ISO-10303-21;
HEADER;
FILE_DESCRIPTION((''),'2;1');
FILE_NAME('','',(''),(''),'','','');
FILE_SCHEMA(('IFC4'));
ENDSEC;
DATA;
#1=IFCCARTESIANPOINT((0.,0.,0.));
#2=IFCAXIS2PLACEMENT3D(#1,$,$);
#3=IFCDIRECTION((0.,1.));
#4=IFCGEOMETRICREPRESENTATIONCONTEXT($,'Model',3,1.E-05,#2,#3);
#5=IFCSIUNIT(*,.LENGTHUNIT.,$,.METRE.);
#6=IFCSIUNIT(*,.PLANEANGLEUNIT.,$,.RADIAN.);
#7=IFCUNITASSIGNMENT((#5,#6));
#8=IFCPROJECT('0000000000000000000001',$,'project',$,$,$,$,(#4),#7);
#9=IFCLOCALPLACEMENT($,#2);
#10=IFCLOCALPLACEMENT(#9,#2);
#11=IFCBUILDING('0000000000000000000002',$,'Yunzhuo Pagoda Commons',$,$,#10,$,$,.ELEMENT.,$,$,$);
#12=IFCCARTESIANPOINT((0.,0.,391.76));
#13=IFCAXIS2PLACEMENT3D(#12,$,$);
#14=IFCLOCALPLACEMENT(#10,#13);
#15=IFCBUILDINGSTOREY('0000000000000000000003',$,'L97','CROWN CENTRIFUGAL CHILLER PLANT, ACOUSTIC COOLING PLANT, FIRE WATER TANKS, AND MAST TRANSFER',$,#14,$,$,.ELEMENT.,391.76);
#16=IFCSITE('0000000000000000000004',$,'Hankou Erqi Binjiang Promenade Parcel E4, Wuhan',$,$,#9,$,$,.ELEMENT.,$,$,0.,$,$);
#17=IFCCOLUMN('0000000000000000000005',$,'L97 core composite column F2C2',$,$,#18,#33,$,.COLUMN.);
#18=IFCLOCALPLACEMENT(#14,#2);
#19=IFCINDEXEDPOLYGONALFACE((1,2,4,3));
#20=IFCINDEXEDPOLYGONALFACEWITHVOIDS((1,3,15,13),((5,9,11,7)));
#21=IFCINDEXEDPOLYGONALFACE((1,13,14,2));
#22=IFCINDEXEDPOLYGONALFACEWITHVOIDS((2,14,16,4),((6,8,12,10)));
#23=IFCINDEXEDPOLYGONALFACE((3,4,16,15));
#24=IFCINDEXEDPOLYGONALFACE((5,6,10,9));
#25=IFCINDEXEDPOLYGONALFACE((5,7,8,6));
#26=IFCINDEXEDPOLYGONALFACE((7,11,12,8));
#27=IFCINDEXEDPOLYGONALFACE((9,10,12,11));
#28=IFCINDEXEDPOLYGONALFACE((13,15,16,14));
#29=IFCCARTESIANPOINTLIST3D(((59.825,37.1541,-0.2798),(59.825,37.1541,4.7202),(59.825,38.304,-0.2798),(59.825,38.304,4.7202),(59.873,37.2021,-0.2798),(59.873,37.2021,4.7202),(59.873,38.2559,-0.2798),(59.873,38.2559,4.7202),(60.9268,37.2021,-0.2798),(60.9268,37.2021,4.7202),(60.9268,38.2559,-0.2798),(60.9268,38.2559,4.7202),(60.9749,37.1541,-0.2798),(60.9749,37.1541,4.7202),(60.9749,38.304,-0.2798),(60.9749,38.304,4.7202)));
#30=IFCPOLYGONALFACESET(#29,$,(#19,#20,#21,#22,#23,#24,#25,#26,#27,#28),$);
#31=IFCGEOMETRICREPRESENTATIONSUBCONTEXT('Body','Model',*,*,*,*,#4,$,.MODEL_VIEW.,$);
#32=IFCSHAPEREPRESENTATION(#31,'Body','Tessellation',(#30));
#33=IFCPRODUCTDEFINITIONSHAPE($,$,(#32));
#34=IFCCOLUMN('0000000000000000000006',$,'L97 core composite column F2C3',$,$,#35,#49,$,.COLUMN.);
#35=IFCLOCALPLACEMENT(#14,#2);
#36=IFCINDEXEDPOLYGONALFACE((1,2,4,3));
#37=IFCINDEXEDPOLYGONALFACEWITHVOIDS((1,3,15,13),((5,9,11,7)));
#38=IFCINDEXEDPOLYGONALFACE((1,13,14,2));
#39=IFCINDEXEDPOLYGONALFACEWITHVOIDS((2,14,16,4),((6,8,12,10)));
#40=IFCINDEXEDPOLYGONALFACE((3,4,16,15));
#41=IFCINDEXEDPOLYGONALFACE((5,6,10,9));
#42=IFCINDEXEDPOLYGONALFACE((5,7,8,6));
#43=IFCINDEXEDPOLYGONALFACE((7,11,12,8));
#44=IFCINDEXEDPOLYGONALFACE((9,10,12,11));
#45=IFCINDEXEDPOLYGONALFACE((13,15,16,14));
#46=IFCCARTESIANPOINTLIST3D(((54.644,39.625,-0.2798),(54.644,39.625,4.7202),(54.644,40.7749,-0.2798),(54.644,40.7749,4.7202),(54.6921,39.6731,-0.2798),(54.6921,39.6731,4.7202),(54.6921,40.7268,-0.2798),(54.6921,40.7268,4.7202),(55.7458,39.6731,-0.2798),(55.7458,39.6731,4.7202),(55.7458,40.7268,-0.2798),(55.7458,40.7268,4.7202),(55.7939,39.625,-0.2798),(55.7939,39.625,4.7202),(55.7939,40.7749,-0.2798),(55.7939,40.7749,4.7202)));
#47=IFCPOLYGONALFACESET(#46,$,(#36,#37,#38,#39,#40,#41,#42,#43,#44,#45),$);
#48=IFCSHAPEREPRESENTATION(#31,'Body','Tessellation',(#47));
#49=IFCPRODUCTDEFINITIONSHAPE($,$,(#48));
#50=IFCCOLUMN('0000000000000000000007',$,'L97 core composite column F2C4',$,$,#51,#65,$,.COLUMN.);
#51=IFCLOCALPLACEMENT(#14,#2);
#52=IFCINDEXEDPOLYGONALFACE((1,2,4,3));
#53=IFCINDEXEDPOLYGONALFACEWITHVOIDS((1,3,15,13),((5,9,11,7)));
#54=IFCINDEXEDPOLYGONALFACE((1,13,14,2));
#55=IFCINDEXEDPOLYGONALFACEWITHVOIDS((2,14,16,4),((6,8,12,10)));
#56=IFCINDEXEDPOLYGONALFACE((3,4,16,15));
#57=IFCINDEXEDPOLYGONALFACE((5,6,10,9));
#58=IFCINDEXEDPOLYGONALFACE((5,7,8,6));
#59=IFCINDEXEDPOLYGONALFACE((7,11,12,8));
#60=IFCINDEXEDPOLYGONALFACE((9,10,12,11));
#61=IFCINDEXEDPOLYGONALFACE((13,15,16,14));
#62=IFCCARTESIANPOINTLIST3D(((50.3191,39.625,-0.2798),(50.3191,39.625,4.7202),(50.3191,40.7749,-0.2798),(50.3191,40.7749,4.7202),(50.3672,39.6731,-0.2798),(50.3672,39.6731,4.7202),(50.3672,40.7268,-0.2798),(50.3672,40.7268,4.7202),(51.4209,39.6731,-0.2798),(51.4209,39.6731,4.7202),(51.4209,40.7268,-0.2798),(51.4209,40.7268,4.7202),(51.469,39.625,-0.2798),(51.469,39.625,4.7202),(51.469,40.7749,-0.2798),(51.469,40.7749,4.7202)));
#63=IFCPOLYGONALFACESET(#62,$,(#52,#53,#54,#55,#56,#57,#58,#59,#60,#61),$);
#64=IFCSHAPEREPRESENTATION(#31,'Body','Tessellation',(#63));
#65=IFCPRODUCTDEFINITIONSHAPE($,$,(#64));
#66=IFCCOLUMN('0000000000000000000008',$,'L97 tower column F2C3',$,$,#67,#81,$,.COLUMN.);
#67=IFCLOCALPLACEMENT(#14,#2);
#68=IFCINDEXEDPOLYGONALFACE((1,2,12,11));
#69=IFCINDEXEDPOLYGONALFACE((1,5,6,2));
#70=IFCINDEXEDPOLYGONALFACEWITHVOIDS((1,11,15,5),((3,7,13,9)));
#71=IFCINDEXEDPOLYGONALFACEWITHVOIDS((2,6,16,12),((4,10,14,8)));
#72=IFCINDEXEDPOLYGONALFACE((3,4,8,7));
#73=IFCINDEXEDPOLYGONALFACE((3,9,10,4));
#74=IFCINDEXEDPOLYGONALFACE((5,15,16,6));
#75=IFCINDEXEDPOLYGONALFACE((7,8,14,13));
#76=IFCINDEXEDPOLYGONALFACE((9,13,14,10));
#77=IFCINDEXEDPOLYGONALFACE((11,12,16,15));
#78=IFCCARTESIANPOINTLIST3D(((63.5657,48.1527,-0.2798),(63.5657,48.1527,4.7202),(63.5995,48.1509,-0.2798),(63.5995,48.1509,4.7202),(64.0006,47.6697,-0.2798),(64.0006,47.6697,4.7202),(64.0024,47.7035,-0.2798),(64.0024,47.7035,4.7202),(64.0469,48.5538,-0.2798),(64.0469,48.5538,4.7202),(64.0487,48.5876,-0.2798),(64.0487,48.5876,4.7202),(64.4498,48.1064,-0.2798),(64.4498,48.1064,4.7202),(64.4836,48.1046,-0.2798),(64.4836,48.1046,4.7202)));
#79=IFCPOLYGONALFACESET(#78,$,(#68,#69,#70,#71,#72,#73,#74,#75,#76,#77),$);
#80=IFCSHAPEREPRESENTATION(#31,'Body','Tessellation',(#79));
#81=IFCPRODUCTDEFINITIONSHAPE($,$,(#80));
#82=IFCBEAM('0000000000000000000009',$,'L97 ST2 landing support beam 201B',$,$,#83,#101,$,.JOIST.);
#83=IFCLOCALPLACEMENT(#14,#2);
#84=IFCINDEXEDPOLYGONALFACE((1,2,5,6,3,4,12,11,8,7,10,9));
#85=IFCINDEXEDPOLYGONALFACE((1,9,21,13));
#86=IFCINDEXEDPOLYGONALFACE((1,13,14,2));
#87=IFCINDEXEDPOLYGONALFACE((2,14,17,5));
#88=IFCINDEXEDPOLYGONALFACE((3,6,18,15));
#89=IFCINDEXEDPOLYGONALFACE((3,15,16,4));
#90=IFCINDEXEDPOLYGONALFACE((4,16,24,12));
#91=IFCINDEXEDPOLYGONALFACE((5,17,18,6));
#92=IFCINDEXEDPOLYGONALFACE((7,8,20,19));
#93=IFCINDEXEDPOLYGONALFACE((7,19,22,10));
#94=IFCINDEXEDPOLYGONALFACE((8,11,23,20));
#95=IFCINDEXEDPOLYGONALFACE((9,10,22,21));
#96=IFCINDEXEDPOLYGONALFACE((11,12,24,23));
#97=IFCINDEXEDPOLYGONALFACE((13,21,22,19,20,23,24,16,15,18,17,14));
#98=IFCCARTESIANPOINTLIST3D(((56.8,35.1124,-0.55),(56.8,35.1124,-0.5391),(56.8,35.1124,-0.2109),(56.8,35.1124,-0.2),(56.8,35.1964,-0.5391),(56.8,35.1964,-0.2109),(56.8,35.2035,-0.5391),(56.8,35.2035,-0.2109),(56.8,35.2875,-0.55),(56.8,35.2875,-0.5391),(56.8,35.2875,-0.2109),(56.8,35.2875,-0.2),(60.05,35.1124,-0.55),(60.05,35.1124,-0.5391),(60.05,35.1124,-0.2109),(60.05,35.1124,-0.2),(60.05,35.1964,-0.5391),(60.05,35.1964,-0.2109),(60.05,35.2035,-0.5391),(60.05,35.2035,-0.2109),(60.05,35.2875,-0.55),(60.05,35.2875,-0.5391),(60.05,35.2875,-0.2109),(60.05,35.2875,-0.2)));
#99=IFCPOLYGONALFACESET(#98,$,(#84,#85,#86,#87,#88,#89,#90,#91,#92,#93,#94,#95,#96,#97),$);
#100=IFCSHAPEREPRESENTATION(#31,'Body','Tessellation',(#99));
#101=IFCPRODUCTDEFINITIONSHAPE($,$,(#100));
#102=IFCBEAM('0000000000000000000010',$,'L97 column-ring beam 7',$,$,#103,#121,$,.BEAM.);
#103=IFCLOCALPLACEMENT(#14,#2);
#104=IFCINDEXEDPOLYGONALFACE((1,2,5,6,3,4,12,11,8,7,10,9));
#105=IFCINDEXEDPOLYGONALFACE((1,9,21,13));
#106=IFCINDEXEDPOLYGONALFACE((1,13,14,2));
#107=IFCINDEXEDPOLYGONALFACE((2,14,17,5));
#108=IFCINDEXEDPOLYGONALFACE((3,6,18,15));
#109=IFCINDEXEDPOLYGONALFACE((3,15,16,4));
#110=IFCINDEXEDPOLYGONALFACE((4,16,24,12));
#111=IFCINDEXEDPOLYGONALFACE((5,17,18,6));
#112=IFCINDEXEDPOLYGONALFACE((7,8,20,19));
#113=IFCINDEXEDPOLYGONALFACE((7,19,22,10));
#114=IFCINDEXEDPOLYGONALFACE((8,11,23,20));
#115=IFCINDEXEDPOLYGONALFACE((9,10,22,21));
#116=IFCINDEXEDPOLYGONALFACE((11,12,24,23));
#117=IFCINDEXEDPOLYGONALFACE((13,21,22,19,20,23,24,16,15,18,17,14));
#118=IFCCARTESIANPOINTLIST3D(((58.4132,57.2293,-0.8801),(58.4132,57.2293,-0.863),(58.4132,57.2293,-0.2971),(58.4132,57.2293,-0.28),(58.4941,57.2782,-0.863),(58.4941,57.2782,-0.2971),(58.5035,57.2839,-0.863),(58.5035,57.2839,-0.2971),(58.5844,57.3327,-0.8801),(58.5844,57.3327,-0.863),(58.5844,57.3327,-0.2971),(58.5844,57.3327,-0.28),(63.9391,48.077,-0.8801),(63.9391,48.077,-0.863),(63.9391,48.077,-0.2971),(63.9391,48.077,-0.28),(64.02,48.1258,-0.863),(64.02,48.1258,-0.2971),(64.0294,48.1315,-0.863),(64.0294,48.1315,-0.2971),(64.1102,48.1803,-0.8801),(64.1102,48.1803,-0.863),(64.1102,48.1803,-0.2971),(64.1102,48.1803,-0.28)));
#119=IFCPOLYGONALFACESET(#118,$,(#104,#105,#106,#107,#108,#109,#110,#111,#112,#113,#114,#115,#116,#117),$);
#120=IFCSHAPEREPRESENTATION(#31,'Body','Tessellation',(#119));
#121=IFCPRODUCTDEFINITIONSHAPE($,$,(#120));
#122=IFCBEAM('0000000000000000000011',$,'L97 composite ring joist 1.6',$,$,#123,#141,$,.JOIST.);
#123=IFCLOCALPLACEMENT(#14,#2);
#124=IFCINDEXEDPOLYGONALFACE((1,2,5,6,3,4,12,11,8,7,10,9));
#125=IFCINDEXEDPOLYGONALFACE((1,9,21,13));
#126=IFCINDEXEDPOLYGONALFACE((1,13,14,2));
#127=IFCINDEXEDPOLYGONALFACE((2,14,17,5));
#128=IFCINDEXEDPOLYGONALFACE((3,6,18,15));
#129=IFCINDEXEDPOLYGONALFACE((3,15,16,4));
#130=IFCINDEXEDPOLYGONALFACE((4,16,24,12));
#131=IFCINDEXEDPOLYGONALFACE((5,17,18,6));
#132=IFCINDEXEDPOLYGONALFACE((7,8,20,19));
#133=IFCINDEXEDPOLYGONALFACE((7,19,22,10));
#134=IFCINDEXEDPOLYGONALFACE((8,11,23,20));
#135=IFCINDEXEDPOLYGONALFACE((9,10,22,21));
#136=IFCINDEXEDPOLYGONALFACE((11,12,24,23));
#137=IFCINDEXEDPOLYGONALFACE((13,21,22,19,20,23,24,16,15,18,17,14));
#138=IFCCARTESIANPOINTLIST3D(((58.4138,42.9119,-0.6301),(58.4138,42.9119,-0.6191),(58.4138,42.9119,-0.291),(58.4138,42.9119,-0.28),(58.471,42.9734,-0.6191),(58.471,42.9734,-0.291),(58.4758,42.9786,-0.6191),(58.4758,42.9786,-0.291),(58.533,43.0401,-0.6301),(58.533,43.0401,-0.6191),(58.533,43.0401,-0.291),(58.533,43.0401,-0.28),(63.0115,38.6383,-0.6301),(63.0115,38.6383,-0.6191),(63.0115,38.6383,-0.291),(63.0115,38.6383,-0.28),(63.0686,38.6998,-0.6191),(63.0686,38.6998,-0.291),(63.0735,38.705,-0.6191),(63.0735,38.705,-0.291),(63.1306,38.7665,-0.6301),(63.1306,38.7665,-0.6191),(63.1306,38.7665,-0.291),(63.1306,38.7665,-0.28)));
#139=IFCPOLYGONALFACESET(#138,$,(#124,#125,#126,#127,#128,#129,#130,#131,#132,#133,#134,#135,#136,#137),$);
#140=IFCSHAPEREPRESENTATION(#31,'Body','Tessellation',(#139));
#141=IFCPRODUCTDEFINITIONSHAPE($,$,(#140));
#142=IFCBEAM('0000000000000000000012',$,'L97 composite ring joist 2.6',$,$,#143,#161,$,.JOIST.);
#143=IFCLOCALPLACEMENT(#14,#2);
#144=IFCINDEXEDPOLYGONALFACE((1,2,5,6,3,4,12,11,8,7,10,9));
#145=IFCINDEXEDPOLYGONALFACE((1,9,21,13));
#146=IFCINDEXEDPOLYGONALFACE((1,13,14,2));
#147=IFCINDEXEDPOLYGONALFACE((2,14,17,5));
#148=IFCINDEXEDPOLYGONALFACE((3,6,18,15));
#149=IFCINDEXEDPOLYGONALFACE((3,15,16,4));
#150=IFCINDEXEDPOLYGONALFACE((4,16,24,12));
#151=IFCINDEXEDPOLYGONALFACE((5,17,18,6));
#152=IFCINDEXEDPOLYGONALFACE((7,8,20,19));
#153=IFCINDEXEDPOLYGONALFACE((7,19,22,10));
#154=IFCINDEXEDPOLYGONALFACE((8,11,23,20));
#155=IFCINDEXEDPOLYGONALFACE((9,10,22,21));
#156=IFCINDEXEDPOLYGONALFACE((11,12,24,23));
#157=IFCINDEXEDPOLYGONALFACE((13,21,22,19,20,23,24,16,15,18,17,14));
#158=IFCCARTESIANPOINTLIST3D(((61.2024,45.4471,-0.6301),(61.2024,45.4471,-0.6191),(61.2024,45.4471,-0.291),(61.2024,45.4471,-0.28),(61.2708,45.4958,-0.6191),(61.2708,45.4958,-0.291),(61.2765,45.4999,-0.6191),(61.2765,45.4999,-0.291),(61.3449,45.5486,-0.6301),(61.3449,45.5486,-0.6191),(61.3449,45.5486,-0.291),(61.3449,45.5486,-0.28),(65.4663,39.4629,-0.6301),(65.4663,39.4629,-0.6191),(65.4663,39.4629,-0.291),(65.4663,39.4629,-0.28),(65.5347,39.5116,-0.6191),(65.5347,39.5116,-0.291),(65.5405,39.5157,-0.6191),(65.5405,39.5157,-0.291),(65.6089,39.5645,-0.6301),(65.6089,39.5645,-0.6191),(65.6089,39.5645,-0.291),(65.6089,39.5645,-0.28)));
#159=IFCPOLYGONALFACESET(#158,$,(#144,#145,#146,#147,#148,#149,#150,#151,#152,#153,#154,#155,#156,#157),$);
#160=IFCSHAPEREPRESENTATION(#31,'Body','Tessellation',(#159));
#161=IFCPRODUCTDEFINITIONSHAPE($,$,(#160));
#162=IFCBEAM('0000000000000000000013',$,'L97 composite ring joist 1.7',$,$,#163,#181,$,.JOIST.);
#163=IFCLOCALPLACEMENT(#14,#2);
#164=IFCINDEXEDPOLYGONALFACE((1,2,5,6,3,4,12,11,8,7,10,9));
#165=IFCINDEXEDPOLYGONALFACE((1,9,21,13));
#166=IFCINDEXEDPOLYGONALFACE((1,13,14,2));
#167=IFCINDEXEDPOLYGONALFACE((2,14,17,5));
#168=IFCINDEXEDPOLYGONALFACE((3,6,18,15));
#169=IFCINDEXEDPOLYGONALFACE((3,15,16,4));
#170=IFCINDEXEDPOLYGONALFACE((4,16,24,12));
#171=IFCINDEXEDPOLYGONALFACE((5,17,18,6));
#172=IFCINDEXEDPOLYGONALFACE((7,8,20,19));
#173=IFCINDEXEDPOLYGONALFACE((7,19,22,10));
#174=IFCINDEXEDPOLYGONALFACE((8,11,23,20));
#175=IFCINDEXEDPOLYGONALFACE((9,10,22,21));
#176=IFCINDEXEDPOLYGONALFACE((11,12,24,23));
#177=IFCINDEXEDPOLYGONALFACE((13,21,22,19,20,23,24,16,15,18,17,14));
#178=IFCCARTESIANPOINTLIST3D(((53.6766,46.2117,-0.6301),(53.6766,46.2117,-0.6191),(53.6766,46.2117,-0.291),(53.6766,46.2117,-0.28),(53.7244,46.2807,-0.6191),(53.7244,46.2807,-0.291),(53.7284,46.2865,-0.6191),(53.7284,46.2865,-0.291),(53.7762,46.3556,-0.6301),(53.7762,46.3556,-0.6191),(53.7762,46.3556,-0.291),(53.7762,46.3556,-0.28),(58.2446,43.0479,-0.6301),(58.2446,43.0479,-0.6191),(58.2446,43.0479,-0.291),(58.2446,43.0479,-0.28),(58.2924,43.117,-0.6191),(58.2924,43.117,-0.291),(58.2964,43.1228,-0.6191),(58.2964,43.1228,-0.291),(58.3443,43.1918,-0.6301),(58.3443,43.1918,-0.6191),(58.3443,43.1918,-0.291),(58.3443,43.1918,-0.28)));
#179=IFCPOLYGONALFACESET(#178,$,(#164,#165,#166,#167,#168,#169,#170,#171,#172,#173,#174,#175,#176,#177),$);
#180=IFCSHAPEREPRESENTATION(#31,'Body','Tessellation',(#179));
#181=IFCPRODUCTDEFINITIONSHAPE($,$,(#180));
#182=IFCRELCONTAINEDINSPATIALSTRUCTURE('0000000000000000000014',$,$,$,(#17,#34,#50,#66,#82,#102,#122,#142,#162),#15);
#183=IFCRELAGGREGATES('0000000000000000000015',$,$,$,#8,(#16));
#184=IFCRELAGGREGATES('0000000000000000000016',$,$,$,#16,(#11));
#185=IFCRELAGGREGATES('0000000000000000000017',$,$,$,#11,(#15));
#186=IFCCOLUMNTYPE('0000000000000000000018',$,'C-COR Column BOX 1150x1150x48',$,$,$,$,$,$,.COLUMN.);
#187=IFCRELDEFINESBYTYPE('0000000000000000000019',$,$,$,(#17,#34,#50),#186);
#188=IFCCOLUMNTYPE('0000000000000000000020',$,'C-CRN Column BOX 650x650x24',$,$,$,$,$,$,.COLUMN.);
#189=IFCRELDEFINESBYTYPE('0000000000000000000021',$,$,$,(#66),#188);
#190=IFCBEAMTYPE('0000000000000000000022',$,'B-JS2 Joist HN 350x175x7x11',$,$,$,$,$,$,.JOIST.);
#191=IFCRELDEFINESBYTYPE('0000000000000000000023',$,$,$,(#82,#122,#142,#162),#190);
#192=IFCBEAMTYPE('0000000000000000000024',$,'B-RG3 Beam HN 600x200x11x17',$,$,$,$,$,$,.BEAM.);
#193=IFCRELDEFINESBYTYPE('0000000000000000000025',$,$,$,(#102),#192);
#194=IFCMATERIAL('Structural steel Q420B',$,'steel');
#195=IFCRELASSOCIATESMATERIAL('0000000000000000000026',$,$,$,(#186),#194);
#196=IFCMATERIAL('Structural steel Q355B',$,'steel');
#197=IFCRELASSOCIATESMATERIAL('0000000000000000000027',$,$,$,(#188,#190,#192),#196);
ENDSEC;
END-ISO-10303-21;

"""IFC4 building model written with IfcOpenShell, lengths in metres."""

from ifc_helpers import new_model, si_unit, direction, frame, origin, origin_2d, place, context, subcontext, project, spatial, hollow_rectangle, i_section, extrude, source, transform, mapped, material, material_profile, profile_set, type_object, element, save


model = new_model("IFC4")

# Units and contexts
model_context = context("Model", 3, precision=1e-05, world=origin(), true_north=direction((0.0, 1.0)))
body_context = subcontext(model_context, "Body", "Model", "MODEL_VIEW")
ifc_project = project(units=[si_unit("LENGTHUNIT", "METRE"), si_unit("PLANEANGLEUNIT", "RADIAN")], contexts=[model_context])

# Site, building, storey
site_placement = place(None, origin())
site = spatial("IfcSite", under=ifc_project, at=site_placement, Name="Hankou Erqi Binjiang Promenade Parcel E4, Wuhan", CompositionType="ELEMENT", RefElevation=0.0)
building_placement = place(site_placement, origin())
building = spatial("IfcBuilding", under=site, at=building_placement, Name="Yunzhuo Pagoda Commons", CompositionType="ELEMENT")
storey_placement = place(building_placement, frame((0.0, 0.0, 391.76)))
storey = spatial("IfcBuildingStorey", under=building, at=storey_placement, Name="L97", Description="CROWN CENTRIFUGAL CHILLER PLANT, ACOUSTIC COOLING PLANT, FIRE WATER TANKS, AND MAST TRANSFER", CompositionType="ELEMENT", Elevation=391.76)

# Columns
ifc_material_1 = material(Name="Structural steel Q420B", Category="steel")
ifc_material_profile_1 = material_profile(ifc_material_1, hollow_rectangle(XDim=1.1499, YDim=1.1499, WallThickness=0.0481, at=origin_2d()), Name="Structural steel Q420B")
ifc_profile_set_1 = profile_set([ifc_material_profile_1], Name="Structural steel Q420B")
column_type_1 = type_object("IfcColumnType", Name="C-COR Column BOX 1150x1150x48", PredefinedType="COLUMN", material=ifc_profile_set_1)
shared_shape_1 = source(origin(), body_context, "Body", "SweptSolid", [
    extrude(hollow_rectangle(XDim=1.1499, YDim=1.1499, WallThickness=0.0481, at=origin_2d()), origin(), (0.0, 0.0, 1.0), 5.0),
])
for number, where, z_axis, x_axis, name in (
    (1, (60.3999, 37.729, -0.2798), (0.0, 0.0, 1.0), (1.0, 0.0, 0.0), "L97 core composite column F2C2"),
    (2, (55.219, 40.2, -0.2798), (0.0, 0.0, 1.0), (1.0, 0.0, 0.0), "L97 core composite column F2C3"),
    (3, (50.894, 40.2, -0.2798), (0.0, 0.0, 1.0), (1.0, 0.0, 0.0), "L97 core composite column F2C4"),
):
    element("IfcColumn", number, at=place(storey_placement, frame(where, z_axis=z_axis, x_axis=x_axis)), inside=storey, type_object=column_type_1, Name=name, PredefinedType="COLUMN", context=body_context, shape_type="MappedRepresentation", body=[
        mapped(shared_shape_1, transform((0.0, 0.0, 0.0), scale=1.0)),
    ])
ifc_material_2 = material(Name="Structural steel Q355B", Category="steel")
ifc_material_profile_2 = material_profile(ifc_material_2, hollow_rectangle(XDim=0.6499, YDim=0.6499, WallThickness=0.0239, at=origin_2d()), Name="Structural steel Q355B")
ifc_profile_set_2 = profile_set([ifc_material_profile_2], Name="Structural steel Q355B")
column_type_2 = type_object("IfcColumnType", Name="C-CRN Column BOX 650x650x24", PredefinedType="COLUMN", material=ifc_profile_set_2)
shared_shape_2 = source(origin(), body_context, "Body", "SweptSolid", [
    extrude(hollow_rectangle(XDim=0.6499, YDim=0.6499, WallThickness=0.0239, at=origin_2d()), origin(), (0.0, 0.0, 1.0), 5.0),
])
column_placement = place(storey_placement, frame((64.0247, 48.1287, -0.2798), z_axis=(0.0, 0.0, 1.0), x_axis=(-0.669131, 0.743145, 0.0)))
element("IfcColumn", 4, at=column_placement, inside=storey, type_object=column_type_2, Name="L97 tower column F2C3", PredefinedType="COLUMN", context=body_context, shape_type="MappedRepresentation", body=[
    mapped(shared_shape_2, transform((0.0, 0.0, 0.0), scale=1.0)),
])

# Beams
ifc_material_profile_3 = material_profile(ifc_material_2, i_section(OverallWidth=0.175, OverallDepth=0.3501, WebThickness=0.0071, FlangeThickness=0.011, at=origin_2d()), Name="Structural steel Q355B")
ifc_profile_set_3 = profile_set([ifc_material_profile_3], Name="Structural steel Q355B")
beam_type_1 = type_object("IfcBeamType", Name="B-JS2 Joist HN 350x175x7x11", PredefinedType="JOIST", material=ifc_profile_set_3)
shared_shape_3 = source(origin(), body_context, "Body", "SweptSolid", [
    extrude(i_section(OverallWidth=0.175, OverallDepth=0.3501, WebThickness=0.0071, FlangeThickness=0.011, at=origin_2d()), origin(), (0.0, 0.0, 1.0), 3.25),
])
beam_1_placement = place(storey_placement, frame((56.8, 35.2, -0.375), z_axis=(1.0, 0.0, 0.0), x_axis=(0.0, 1.0, 0.0)))
element("IfcBeam", 5, at=beam_1_placement, inside=storey, type_object=beam_type_1, Name="L97 ST2 landing support beam 201B", PredefinedType="JOIST", context=body_context, shape_type="MappedRepresentation", body=[
    mapped(shared_shape_3, transform((0.0, 0.0, 0.0), scale=1.0)),
])
ifc_material_profile_4 = material_profile(ifc_material_2, i_section(OverallWidth=0.2, OverallDepth=0.6001, WebThickness=0.011, FlangeThickness=0.0171, at=origin_2d()), Name="Structural steel Q355B")
ifc_profile_set_4 = profile_set([ifc_material_profile_4], Name="Structural steel Q355B")
beam_type_2 = type_object("IfcBeamType", Name="B-RG3 Beam HN 600x200x11x17", PredefinedType="BEAM", material=ifc_profile_set_4)
shared_shape_4 = source(origin(), body_context, "Body", "SweptSolid", [
    extrude(i_section(OverallWidth=0.2, OverallDepth=0.6001, WebThickness=0.011, FlangeThickness=0.0171, at=origin_2d()), origin(), (0.0, 0.0, 1.0), 10.6912),
])
beam_2_placement = place(storey_placement, frame((64.0247, 48.1287, -0.5801), z_axis=(-0.516865, 0.856067, 0.0), x_axis=(-0.856067, -0.516865, 0.0)))
element("IfcBeam", 6, at=beam_2_placement, inside=storey, type_object=beam_type_2, Name="L97 column-ring beam 7", PredefinedType="BEAM", context=body_context, shape_type="MappedRepresentation", body=[
    mapped(shared_shape_4, transform((0.0, 0.0, 0.0), scale=1.0)),
])
shared_shape_5 = source(origin(), body_context, "Body", "SweptSolid", [
    extrude(i_section(OverallWidth=0.175, OverallDepth=0.3501, WebThickness=0.0071, FlangeThickness=0.011, at=origin_2d()), origin(), (0.0, 0.0, 1.0), 6.2771),
])
beam_3_placement = place(storey_placement, frame((63.071, 38.7024, -0.4551), z_axis=(-0.732442, 0.68083, 0.0), x_axis=(-0.68083, -0.732442, 0.0)))
element("IfcBeam", 7, at=beam_3_placement, inside=storey, type_object=beam_type_1, Name="L97 composite ring joist 1.6", PredefinedType="JOIST", context=body_context, shape_type="MappedRepresentation", body=[
    mapped(shared_shape_5, transform((0.0, 0.0, 0.0), scale=1.0)),
])
shared_shape_6 = source(origin(), body_context, "Body", "SweptSolid", [
    extrude(i_section(OverallWidth=0.175, OverallDepth=0.3501, WebThickness=0.0071, FlangeThickness=0.011, at=origin_2d()), origin(), (0.0, 0.0, 1.0), 7.3479),
])
beam_4_placement = place(storey_placement, frame((65.5376, 39.5137, -0.4551), z_axis=(-0.580295, 0.814406, 0.0), x_axis=(-0.814406, -0.580295, 0.0)))
element("IfcBeam", 8, at=beam_4_placement, inside=storey, type_object=beam_type_1, Name="L97 composite ring joist 2.6", PredefinedType="JOIST", context=body_context, shape_type="MappedRepresentation", body=[
    mapped(shared_shape_6, transform((0.0, 0.0, 0.0), scale=1.0)),
])
shared_shape_7 = source(origin(), body_context, "Body", "SweptSolid", [
    extrude(i_section(OverallWidth=0.175, OverallDepth=0.3501, WebThickness=0.0071, FlangeThickness=0.011, at=origin_2d()), origin(), (0.0, 0.0, 1.0), 5.5566),
])
beam_5_placement = place(storey_placement, frame((58.2944, 43.1199, -0.4551), z_axis=(-0.822085, 0.569365, 0.0), x_axis=(-0.569365, -0.822085, 0.0)))
element("IfcBeam", 9, at=beam_5_placement, inside=storey, type_object=beam_type_1, Name="L97 composite ring joist 1.7", PredefinedType="JOIST", context=body_context, shape_type="MappedRepresentation", body=[
    mapped(shared_shape_7, transform((0.0, 0.0, 0.0), scale=1.0)),
])

save(model, "model.ifc")
